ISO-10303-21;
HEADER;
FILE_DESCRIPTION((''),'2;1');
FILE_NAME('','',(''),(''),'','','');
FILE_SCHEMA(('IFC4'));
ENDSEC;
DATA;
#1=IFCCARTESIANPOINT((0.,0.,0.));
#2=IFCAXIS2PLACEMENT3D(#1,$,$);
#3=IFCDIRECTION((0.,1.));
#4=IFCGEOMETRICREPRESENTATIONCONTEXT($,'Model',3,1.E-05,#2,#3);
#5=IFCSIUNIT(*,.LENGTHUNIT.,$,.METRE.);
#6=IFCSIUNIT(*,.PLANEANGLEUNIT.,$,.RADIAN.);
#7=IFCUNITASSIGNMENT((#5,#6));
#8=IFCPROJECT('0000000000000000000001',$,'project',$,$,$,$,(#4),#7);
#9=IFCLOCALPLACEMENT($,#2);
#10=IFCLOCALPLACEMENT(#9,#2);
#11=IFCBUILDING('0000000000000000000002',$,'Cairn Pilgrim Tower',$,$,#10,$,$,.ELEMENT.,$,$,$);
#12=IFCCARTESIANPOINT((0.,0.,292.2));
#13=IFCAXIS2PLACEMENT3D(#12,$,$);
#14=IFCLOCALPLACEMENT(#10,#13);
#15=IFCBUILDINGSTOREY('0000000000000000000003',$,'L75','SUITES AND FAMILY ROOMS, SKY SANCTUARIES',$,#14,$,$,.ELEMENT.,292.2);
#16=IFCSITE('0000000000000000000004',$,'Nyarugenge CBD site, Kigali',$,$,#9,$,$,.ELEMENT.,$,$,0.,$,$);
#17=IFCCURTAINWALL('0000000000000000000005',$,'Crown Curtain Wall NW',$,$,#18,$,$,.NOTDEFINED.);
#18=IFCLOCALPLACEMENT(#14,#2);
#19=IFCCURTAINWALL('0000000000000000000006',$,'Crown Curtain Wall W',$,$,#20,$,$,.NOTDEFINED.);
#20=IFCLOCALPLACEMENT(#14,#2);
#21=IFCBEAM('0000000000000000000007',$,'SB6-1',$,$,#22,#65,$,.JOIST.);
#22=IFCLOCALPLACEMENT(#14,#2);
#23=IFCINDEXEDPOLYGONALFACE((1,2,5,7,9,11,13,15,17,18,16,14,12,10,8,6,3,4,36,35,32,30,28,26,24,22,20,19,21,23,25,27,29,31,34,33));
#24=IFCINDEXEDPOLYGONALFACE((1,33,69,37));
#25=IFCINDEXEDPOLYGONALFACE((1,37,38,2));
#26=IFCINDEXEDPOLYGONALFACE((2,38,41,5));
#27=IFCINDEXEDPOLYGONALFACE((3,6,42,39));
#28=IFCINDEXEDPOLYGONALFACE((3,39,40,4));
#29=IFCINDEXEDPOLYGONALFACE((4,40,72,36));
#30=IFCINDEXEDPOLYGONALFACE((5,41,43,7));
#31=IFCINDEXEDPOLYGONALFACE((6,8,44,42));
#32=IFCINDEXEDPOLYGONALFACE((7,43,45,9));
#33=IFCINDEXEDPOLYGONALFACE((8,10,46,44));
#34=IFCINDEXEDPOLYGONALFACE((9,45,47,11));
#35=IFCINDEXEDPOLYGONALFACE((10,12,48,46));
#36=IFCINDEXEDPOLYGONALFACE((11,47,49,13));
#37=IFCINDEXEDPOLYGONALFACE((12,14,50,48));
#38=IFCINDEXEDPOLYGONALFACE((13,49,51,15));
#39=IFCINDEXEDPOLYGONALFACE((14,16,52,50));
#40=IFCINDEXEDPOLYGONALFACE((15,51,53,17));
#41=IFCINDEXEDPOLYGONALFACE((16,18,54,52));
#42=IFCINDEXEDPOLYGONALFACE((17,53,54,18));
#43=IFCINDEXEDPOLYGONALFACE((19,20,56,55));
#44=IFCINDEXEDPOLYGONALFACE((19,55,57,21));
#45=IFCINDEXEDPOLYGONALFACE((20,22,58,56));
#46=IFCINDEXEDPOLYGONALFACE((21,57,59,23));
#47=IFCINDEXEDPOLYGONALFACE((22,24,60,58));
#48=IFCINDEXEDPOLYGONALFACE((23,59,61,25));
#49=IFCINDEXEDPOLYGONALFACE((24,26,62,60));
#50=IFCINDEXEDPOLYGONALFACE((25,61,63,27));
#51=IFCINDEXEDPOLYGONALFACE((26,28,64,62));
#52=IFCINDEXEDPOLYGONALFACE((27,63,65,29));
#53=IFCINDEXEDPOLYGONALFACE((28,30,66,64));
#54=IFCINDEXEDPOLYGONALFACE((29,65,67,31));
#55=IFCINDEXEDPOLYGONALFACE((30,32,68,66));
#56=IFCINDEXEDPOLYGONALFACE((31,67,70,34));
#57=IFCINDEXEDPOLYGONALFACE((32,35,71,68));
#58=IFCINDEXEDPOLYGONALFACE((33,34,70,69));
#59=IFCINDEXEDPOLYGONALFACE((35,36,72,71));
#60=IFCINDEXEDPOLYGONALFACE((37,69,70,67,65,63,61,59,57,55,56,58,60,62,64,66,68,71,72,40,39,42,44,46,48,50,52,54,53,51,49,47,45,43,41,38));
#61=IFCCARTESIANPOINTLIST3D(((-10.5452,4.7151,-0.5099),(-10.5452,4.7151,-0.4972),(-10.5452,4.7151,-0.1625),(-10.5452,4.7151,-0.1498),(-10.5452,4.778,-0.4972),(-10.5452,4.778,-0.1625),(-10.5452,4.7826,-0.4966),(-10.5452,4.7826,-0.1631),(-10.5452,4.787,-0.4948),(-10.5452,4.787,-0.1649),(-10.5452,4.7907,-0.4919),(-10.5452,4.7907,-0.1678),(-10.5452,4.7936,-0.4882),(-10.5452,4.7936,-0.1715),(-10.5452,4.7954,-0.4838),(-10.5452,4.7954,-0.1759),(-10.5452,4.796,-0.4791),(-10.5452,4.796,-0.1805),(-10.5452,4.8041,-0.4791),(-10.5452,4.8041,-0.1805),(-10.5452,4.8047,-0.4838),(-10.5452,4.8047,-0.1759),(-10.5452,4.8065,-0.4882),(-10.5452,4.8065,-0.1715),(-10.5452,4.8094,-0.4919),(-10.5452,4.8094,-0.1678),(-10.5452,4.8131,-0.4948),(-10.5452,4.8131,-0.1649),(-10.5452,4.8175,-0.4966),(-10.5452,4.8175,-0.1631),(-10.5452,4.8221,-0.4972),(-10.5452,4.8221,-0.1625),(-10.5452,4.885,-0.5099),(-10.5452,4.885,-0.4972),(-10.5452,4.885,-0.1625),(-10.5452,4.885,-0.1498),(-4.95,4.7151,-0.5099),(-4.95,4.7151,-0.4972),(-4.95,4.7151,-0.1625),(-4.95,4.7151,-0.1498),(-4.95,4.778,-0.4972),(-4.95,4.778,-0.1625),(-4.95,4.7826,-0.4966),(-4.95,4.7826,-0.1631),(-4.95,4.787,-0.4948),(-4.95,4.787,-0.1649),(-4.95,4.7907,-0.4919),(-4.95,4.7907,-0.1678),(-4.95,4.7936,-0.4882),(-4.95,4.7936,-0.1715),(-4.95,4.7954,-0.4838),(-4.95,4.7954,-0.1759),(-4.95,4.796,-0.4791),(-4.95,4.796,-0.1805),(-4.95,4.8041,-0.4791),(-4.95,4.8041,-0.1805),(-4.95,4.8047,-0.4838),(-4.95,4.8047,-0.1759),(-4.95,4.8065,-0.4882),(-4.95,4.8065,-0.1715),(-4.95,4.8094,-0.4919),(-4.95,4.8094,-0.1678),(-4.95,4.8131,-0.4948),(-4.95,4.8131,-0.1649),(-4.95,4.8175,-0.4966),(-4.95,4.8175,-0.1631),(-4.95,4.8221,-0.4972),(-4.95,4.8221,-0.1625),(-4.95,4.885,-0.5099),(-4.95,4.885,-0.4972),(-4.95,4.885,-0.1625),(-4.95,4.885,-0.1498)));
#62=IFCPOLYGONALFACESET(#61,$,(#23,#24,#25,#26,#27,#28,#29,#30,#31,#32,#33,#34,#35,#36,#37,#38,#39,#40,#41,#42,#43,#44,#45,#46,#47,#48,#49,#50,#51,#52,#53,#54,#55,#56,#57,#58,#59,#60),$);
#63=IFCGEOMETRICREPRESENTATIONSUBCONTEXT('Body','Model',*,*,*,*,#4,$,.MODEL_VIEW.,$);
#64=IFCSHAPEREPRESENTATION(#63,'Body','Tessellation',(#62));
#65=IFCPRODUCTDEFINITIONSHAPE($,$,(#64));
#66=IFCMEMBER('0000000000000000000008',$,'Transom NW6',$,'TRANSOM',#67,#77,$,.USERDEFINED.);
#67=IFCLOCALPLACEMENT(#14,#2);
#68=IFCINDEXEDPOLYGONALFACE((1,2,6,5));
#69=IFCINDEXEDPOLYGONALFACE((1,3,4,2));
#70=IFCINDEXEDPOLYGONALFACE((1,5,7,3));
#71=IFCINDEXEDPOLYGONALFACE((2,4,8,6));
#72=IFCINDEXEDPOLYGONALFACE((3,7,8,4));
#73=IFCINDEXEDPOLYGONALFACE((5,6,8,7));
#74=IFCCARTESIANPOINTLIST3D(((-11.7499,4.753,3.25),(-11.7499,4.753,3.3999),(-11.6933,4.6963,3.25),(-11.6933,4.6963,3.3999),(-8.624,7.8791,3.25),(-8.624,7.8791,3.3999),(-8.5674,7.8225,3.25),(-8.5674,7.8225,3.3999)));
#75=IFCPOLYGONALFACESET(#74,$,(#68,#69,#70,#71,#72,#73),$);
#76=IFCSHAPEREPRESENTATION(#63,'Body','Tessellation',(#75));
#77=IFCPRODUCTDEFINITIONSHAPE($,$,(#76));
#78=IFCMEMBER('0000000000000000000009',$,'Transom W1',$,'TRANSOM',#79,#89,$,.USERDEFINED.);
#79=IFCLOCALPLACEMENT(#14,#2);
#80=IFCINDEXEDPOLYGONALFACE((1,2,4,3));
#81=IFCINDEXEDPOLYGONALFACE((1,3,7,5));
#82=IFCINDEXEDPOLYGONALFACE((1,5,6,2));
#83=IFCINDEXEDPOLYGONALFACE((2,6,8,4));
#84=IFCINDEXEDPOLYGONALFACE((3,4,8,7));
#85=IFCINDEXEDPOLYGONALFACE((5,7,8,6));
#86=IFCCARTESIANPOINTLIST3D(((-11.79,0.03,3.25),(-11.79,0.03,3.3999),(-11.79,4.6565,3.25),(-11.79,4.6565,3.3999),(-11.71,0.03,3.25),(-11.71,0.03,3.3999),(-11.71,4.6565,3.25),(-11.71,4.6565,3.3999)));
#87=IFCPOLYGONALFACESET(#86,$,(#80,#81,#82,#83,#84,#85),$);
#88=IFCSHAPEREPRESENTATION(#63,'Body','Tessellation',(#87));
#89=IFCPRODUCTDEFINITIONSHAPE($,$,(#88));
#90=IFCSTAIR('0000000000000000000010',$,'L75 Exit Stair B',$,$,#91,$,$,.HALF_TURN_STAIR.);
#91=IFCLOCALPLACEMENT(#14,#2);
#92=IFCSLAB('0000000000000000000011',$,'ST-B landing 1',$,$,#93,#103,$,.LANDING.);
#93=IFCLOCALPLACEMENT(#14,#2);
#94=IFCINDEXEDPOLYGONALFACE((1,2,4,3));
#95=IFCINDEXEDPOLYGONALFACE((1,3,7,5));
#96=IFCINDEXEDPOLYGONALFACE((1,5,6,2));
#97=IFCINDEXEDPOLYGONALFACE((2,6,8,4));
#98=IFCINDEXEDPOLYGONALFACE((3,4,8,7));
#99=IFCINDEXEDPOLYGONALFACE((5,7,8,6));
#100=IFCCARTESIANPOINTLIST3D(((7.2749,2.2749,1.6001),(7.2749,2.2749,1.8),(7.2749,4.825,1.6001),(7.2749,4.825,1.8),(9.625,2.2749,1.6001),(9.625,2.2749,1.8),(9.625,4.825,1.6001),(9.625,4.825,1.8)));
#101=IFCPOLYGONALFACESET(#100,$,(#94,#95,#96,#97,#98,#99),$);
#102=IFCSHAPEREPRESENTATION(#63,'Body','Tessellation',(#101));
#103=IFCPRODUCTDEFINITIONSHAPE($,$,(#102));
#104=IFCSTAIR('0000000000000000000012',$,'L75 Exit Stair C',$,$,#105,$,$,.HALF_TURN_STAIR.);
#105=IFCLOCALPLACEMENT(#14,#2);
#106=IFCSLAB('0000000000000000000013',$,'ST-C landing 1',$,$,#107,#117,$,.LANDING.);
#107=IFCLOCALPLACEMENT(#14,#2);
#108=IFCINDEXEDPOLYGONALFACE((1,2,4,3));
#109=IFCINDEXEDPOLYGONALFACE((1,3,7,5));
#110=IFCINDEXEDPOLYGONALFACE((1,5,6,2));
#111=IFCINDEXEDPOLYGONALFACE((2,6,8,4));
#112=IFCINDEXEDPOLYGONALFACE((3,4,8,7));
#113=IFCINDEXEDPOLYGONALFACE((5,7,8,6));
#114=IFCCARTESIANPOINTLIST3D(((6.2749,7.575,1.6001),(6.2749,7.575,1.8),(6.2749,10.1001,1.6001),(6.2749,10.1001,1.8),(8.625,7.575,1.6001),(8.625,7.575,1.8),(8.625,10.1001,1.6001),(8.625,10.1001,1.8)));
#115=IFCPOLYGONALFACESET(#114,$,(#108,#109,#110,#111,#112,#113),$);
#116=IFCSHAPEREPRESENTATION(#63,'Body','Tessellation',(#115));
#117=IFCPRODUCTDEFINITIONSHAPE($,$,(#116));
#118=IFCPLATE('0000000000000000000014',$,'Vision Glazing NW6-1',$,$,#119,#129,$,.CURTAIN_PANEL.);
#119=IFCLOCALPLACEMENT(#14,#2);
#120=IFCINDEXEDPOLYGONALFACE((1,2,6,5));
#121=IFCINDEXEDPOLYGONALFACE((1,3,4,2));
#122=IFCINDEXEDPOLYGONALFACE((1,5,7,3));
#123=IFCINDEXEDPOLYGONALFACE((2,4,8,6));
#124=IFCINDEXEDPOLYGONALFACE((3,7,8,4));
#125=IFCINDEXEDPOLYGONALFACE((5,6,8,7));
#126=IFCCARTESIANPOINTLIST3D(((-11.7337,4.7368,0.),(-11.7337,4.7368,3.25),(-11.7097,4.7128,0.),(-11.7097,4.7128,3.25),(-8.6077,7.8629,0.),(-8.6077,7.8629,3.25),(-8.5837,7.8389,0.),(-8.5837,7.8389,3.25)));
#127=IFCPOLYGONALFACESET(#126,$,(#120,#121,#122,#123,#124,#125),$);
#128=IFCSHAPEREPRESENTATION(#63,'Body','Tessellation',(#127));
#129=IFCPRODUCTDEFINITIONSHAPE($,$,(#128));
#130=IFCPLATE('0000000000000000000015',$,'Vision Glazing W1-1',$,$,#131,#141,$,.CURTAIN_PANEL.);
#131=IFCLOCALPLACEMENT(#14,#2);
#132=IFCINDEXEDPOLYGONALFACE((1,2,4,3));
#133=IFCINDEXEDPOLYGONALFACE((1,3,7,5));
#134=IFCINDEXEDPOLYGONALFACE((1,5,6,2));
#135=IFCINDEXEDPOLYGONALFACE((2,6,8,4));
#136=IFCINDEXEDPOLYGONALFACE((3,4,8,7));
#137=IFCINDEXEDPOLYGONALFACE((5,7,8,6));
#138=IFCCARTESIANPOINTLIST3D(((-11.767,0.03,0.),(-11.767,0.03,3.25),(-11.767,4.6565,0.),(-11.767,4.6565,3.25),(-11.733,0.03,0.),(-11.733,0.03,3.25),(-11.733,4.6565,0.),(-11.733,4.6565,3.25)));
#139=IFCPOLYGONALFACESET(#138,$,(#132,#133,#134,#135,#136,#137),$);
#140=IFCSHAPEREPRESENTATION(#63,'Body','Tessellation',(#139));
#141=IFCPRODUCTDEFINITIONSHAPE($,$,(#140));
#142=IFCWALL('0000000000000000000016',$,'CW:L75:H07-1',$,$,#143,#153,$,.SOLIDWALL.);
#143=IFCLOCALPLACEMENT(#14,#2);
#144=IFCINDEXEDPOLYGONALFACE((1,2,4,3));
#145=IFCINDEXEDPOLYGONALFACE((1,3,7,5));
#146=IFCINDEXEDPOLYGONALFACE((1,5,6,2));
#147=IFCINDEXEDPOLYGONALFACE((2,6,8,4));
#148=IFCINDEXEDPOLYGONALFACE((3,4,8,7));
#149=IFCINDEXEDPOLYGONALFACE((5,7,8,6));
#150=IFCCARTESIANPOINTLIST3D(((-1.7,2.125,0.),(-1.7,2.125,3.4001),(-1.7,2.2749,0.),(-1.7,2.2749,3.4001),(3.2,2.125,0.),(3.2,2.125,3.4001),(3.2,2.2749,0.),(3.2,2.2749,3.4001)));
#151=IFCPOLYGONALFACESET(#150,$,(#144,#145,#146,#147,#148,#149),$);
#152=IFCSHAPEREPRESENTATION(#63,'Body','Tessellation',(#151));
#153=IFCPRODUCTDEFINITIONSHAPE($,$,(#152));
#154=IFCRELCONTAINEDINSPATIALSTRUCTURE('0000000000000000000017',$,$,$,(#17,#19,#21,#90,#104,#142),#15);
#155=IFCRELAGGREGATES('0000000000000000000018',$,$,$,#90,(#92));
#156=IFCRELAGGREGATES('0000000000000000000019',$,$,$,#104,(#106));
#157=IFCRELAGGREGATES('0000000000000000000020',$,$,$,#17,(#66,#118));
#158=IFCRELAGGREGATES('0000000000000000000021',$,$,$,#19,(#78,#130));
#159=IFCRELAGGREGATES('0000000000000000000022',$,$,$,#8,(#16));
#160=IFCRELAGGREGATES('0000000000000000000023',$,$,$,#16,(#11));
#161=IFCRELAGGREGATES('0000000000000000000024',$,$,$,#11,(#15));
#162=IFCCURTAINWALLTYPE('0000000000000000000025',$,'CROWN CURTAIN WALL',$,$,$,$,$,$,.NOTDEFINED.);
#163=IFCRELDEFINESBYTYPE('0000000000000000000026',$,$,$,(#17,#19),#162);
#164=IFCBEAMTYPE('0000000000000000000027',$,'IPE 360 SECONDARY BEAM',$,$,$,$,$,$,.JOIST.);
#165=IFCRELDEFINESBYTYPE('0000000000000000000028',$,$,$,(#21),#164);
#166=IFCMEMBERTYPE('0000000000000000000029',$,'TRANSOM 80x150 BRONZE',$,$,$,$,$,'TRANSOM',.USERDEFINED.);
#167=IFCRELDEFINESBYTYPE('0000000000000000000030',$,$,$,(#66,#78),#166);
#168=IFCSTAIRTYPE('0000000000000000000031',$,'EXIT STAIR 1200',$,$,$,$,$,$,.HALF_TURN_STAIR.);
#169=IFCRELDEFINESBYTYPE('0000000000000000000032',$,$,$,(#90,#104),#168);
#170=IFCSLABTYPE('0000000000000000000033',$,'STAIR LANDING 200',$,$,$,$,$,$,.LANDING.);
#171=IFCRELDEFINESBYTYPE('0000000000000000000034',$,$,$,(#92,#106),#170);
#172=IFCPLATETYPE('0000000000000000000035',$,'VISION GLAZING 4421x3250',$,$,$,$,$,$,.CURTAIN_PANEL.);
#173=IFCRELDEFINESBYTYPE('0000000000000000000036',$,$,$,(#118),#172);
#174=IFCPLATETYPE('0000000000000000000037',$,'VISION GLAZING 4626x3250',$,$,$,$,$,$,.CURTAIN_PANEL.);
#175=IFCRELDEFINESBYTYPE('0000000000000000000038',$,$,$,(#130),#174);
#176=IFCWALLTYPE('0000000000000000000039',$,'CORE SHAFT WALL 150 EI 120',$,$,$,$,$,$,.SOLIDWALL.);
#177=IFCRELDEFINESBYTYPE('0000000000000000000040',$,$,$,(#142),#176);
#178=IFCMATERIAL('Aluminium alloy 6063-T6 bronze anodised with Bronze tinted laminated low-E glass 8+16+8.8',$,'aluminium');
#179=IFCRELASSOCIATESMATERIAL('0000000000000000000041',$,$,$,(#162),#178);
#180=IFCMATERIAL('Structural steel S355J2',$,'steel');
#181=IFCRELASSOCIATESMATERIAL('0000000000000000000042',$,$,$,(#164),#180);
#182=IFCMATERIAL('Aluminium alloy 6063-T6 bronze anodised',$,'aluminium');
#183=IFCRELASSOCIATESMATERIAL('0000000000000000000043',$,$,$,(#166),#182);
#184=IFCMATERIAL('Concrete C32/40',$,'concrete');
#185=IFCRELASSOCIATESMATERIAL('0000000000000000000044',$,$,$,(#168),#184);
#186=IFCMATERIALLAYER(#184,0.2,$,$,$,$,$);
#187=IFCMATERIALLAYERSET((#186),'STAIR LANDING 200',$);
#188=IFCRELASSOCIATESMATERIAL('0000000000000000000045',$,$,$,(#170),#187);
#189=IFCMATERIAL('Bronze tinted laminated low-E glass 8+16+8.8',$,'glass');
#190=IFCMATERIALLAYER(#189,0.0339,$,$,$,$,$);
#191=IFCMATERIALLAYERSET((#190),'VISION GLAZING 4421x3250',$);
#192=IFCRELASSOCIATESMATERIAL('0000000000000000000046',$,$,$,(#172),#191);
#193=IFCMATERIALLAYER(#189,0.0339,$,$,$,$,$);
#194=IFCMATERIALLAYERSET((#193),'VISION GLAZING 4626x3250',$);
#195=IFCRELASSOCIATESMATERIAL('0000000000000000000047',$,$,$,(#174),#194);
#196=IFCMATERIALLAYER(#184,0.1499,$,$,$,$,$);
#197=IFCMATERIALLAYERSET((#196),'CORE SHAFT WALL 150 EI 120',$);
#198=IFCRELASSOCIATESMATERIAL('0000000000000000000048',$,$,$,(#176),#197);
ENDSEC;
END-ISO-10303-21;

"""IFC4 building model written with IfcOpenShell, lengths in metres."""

from ifc_helpers import new_model, si_unit, direction, frame, frame_2d, origin, origin_2d, place, context, subcontext, project, spatial, polyline, rectangle, i_section, outline, extrude, material, layer, layer_set, material_profile, profile_set, type_object, element, aggregate, save


model = new_model("IFC4")

# Units and contexts
model_context = context("Model", 3, precision=1e-05, world=origin(), true_north=direction((0.0, 1.0)))
body_context = subcontext(model_context, "Body", "Model", "MODEL_VIEW")
ifc_project = project(units=[si_unit("LENGTHUNIT", "METRE"), si_unit("PLANEANGLEUNIT", "RADIAN")], contexts=[model_context])

# Site, building, storey
site_placement = place(None, origin())
site = spatial("IfcSite", under=ifc_project, at=site_placement, Name="Nyarugenge CBD site, Kigali", CompositionType="ELEMENT", RefElevation=0.0)
building_placement = place(site_placement, origin())
building = spatial("IfcBuilding", under=site, at=building_placement, Name="Cairn Pilgrim Tower", CompositionType="ELEMENT")
storey_placement = place(building_placement, frame((0.0, 0.0, 292.2)))
storey = spatial("IfcBuildingStorey", under=building, at=storey_placement, Name="L75", Description="SUITES AND FAMILY ROOMS, SKY SANCTUARIES", CompositionType="ELEMENT", Elevation=292.2)

# Shared definitions
ifc_material_1 = material(Name="Structural steel S355J2", Category="steel")

# Curtain walls
ifc_material_2 = material(Name="Aluminium alloy 6063-T6 bronze anodised with Bronze tinted laminated low-E glass 8+16+8.8", Category="aluminium")
curtain_wall_type = type_object("IfcCurtainWallType", Name="CROWN CURTAIN WALL", PredefinedType="NOTDEFINED", material=ifc_material_2)
curtain_wall_1_placement = place(storey_placement, origin())
curtain_wall_1 = element("IfcCurtainWall", 1, at=curtain_wall_1_placement, inside=storey, type_object=curtain_wall_type, Name="Crown Curtain Wall NW", PredefinedType="NOTDEFINED")
ifc_material_3 = material(Name="Aluminium alloy 6063-T6 bronze anodised", Category="aluminium")
curtain_wall_2_placement = place(storey_placement, origin())
curtain_wall_2 = element("IfcCurtainWall", 2, at=curtain_wall_2_placement, inside=storey, type_object=curtain_wall_type, Name="Crown Curtain Wall W", PredefinedType="NOTDEFINED")

# Beam
ifc_material_profile_1 = material_profile(ifc_material_1, i_section(OverallWidth=0.1699, OverallDepth=0.3601, WebThickness=0.0081, FlangeThickness=0.0127, FilletRadius=0.0181, at=origin_2d()), Name="IPE 360")
ifc_profile_set_1 = profile_set([ifc_material_profile_1], Name="Structural steel S355J2")
beam_type_1 = type_object("IfcBeamType", Name="IPE 360 SECONDARY BEAM", PredefinedType="JOIST", material=ifc_profile_set_1)
beam_1_placement = place(storey_placement, frame((-10.5452, 4.8, -0.3298), z_axis=(1.0, 0.0, 0.0), x_axis=(0.0, 1.0, 0.0)))
element("IfcBeam", 3, at=beam_1_placement, inside=storey, type_object=beam_type_1, Name="SB6-1", PredefinedType="JOIST", context=body_context, shape_type="SweptSolid", body=[
    extrude(i_section(OverallWidth=0.1699, OverallDepth=0.3601, WebThickness=0.0081, FlangeThickness=0.0127, FilletRadius=0.0181, at=origin_2d()), origin(), (0.0, 0.0, 1.0), 5.5952),
])

# Members
ifc_material_profile_2 = material_profile(ifc_material_3, rectangle(XDim=0.0801, YDim=0.1499, at=origin_2d()), Name="TRANSOM 80x150 BRONZE")
ifc_profile_set_2 = profile_set([ifc_material_profile_2], Name="Aluminium alloy 6063-T6 bronze anodised")
member_type_1 = type_object("IfcMemberType", Name="TRANSOM 80x150 BRONZE", ElementType="TRANSOM", PredefinedType="USERDEFINED", material=ifc_profile_set_2)
member_1_placement = place(storey_placement, frame((-8.5957, 7.8508, 3.325), z_axis=(-0.707079, -0.707134, 0.0), x_axis=(0.707134, -0.707079, 0.0)))
member_1 = element("IfcMember", 4, at=member_1_placement, type_object=member_type_1, Name="Transom NW6", ObjectType="TRANSOM", PredefinedType="USERDEFINED", context=body_context, shape_type="SweptSolid", body=[
    extrude(rectangle(XDim=0.0801, YDim=0.1499, at=origin_2d()), origin(), (0.0, 0.0, 1.0), 4.4209),
])
member_2_placement = place(storey_placement, frame((-11.75, 4.6565, 3.325), z_axis=(0.0, -1.0, 0.0), x_axis=(1.0, 0.0, 0.0)))
member_2 = element("IfcMember", 5, at=member_2_placement, type_object=member_type_1, Name="Transom W1", ObjectType="TRANSOM", PredefinedType="USERDEFINED", context=body_context, shape_type="SweptSolid", body=[
    extrude(rectangle(XDim=0.0801, YDim=0.1499, at=origin_2d()), origin(), (0.0, 0.0, 1.0), 4.6265),
])

# Stairs, slabs
ifc_material_4 = material(Name="Concrete C32/40", Category="concrete")
stair_type = type_object("IfcStairType", Name="EXIT STAIR 1200", PredefinedType="HALF_TURN_STAIR", material=ifc_material_4)
stair_1_placement = place(storey_placement, origin())
stair_1 = element("IfcStair", 6, at=stair_1_placement, inside=storey, type_object=stair_type, Name="L75 Exit Stair B", PredefinedType="HALF_TURN_STAIR")
ifc_layer_1 = layer(ifc_material_4, 0.2)
ifc_layer_set_1 = layer_set([ifc_layer_1], Name="STAIR LANDING 200")
slab_type = type_object("IfcSlabType", Name="STAIR LANDING 200", PredefinedType="LANDING", material=ifc_layer_set_1)
slab_1_placement = place(storey_placement, frame((0.0, 0.0, 1.6001)))
slab_1 = element("IfcSlab", 7, at=slab_1_placement, type_object=slab_type, Name="ST-B landing 1", PredefinedType="LANDING", context=body_context, shape_type="SweptSolid", body=[
    extrude(outline(polyline([(7.2749, 2.2749), (9.625, 2.2749), (9.625, 4.825), (7.2749, 4.825), (7.2749, 2.2749)])), origin(), (0.0, 0.0, 1.0), 0.2),
])
aggregate(stair_1, [slab_1])
stair_2_placement = place(storey_placement, origin())
stair_2 = element("IfcStair", 8, at=stair_2_placement, inside=storey, type_object=stair_type, Name="L75 Exit Stair C", PredefinedType="HALF_TURN_STAIR")
slab_2_placement = place(storey_placement, frame((0.0, 0.0, 1.6001)))
slab_2 = element("IfcSlab", 9, at=slab_2_placement, type_object=slab_type, Name="ST-C landing 1", PredefinedType="LANDING", context=body_context, shape_type="SweptSolid", body=[
    extrude(outline(polyline([(8.625, 10.1001), (6.2749, 10.1001), (6.2749, 7.575), (8.625, 7.575), (8.625, 10.1001)])), origin(), (0.0, 0.0, 1.0), 0.2),
])
aggregate(stair_2, [slab_2])

# Plates
ifc_material_5 = material(Name="Bronze tinted laminated low-E glass 8+16+8.8", Category="glass")
ifc_layer_2 = layer(ifc_material_5, 0.0339)
ifc_layer_set_2 = layer_set([ifc_layer_2], Name="VISION GLAZING 4421x3250")
plate_type_1 = type_object("IfcPlateType", Name="VISION GLAZING 4421x3250", PredefinedType="CURTAIN_PANEL", material=ifc_layer_set_2)
plate_1_placement = place(storey_placement, frame((-10.1587, 6.2878, 0.0), z_axis=(0.0, 0.0, 1.0), x_axis=(-0.707107, -0.707107, 0.0)))
plate_1 = element("IfcPlate", 10, at=plate_1_placement, type_object=plate_type_1, Name="Vision Glazing NW6-1", PredefinedType="CURTAIN_PANEL", context=body_context, shape_type="SweptSolid", body=[
    extrude(rectangle(XDim=4.4209, YDim=0.0339, at=origin_2d()), origin(), (0.0, 0.0, 1.0), 3.25),
])
aggregate(curtain_wall_1, [member_1, plate_1])
ifc_layer_3 = layer(ifc_material_5, 0.0339)
ifc_layer_set_3 = layer_set([ifc_layer_3], Name="VISION GLAZING 4626x3250")
plate_type_2 = type_object("IfcPlateType", Name="VISION GLAZING 4626x3250", PredefinedType="CURTAIN_PANEL", material=ifc_layer_set_3)
plate_2_placement = place(storey_placement, frame((-11.75, 2.3433, 0.0), z_axis=(0.0, 0.0, 1.0), x_axis=(0.0, -1.0, 0.0)))
plate_2 = element("IfcPlate", 11, at=plate_2_placement, type_object=plate_type_2, Name="Vision Glazing W1-1", PredefinedType="CURTAIN_PANEL", context=body_context, shape_type="SweptSolid", body=[
    extrude(rectangle(XDim=4.6265, YDim=0.0339, at=origin_2d()), origin(), (0.0, 0.0, 1.0), 3.25),
])
aggregate(curtain_wall_2, [member_2, plate_2])

# Wall
ifc_layer_4 = layer(ifc_material_4, 0.1499)
ifc_layer_set_4 = layer_set([ifc_layer_4], Name="CORE SHAFT WALL 150 EI 120")
wall_type_1 = type_object("IfcWallType", Name="CORE SHAFT WALL 150 EI 120", PredefinedType="SOLIDWALL", material=ifc_layer_set_4)
wall_1_placement = place(storey_placement, frame((-1.7, 2.2, 0.0), z_axis=(0.0, 0.0, 1.0), x_axis=(1.0, 0.0, 0.0)))
element("IfcWall", 12, at=wall_1_placement, inside=storey, type_object=wall_type_1, Name="CW:L75:H07-1", PredefinedType="SOLIDWALL", context=body_context, shape_type="SweptSolid", body=[
    extrude(rectangle(XDim=4.8999, YDim=0.1499, at=frame_2d((2.45, 0.0))), origin(), (0.0, 0.0, 1.0), 3.4001),
])

save(model, "model.ifc")
